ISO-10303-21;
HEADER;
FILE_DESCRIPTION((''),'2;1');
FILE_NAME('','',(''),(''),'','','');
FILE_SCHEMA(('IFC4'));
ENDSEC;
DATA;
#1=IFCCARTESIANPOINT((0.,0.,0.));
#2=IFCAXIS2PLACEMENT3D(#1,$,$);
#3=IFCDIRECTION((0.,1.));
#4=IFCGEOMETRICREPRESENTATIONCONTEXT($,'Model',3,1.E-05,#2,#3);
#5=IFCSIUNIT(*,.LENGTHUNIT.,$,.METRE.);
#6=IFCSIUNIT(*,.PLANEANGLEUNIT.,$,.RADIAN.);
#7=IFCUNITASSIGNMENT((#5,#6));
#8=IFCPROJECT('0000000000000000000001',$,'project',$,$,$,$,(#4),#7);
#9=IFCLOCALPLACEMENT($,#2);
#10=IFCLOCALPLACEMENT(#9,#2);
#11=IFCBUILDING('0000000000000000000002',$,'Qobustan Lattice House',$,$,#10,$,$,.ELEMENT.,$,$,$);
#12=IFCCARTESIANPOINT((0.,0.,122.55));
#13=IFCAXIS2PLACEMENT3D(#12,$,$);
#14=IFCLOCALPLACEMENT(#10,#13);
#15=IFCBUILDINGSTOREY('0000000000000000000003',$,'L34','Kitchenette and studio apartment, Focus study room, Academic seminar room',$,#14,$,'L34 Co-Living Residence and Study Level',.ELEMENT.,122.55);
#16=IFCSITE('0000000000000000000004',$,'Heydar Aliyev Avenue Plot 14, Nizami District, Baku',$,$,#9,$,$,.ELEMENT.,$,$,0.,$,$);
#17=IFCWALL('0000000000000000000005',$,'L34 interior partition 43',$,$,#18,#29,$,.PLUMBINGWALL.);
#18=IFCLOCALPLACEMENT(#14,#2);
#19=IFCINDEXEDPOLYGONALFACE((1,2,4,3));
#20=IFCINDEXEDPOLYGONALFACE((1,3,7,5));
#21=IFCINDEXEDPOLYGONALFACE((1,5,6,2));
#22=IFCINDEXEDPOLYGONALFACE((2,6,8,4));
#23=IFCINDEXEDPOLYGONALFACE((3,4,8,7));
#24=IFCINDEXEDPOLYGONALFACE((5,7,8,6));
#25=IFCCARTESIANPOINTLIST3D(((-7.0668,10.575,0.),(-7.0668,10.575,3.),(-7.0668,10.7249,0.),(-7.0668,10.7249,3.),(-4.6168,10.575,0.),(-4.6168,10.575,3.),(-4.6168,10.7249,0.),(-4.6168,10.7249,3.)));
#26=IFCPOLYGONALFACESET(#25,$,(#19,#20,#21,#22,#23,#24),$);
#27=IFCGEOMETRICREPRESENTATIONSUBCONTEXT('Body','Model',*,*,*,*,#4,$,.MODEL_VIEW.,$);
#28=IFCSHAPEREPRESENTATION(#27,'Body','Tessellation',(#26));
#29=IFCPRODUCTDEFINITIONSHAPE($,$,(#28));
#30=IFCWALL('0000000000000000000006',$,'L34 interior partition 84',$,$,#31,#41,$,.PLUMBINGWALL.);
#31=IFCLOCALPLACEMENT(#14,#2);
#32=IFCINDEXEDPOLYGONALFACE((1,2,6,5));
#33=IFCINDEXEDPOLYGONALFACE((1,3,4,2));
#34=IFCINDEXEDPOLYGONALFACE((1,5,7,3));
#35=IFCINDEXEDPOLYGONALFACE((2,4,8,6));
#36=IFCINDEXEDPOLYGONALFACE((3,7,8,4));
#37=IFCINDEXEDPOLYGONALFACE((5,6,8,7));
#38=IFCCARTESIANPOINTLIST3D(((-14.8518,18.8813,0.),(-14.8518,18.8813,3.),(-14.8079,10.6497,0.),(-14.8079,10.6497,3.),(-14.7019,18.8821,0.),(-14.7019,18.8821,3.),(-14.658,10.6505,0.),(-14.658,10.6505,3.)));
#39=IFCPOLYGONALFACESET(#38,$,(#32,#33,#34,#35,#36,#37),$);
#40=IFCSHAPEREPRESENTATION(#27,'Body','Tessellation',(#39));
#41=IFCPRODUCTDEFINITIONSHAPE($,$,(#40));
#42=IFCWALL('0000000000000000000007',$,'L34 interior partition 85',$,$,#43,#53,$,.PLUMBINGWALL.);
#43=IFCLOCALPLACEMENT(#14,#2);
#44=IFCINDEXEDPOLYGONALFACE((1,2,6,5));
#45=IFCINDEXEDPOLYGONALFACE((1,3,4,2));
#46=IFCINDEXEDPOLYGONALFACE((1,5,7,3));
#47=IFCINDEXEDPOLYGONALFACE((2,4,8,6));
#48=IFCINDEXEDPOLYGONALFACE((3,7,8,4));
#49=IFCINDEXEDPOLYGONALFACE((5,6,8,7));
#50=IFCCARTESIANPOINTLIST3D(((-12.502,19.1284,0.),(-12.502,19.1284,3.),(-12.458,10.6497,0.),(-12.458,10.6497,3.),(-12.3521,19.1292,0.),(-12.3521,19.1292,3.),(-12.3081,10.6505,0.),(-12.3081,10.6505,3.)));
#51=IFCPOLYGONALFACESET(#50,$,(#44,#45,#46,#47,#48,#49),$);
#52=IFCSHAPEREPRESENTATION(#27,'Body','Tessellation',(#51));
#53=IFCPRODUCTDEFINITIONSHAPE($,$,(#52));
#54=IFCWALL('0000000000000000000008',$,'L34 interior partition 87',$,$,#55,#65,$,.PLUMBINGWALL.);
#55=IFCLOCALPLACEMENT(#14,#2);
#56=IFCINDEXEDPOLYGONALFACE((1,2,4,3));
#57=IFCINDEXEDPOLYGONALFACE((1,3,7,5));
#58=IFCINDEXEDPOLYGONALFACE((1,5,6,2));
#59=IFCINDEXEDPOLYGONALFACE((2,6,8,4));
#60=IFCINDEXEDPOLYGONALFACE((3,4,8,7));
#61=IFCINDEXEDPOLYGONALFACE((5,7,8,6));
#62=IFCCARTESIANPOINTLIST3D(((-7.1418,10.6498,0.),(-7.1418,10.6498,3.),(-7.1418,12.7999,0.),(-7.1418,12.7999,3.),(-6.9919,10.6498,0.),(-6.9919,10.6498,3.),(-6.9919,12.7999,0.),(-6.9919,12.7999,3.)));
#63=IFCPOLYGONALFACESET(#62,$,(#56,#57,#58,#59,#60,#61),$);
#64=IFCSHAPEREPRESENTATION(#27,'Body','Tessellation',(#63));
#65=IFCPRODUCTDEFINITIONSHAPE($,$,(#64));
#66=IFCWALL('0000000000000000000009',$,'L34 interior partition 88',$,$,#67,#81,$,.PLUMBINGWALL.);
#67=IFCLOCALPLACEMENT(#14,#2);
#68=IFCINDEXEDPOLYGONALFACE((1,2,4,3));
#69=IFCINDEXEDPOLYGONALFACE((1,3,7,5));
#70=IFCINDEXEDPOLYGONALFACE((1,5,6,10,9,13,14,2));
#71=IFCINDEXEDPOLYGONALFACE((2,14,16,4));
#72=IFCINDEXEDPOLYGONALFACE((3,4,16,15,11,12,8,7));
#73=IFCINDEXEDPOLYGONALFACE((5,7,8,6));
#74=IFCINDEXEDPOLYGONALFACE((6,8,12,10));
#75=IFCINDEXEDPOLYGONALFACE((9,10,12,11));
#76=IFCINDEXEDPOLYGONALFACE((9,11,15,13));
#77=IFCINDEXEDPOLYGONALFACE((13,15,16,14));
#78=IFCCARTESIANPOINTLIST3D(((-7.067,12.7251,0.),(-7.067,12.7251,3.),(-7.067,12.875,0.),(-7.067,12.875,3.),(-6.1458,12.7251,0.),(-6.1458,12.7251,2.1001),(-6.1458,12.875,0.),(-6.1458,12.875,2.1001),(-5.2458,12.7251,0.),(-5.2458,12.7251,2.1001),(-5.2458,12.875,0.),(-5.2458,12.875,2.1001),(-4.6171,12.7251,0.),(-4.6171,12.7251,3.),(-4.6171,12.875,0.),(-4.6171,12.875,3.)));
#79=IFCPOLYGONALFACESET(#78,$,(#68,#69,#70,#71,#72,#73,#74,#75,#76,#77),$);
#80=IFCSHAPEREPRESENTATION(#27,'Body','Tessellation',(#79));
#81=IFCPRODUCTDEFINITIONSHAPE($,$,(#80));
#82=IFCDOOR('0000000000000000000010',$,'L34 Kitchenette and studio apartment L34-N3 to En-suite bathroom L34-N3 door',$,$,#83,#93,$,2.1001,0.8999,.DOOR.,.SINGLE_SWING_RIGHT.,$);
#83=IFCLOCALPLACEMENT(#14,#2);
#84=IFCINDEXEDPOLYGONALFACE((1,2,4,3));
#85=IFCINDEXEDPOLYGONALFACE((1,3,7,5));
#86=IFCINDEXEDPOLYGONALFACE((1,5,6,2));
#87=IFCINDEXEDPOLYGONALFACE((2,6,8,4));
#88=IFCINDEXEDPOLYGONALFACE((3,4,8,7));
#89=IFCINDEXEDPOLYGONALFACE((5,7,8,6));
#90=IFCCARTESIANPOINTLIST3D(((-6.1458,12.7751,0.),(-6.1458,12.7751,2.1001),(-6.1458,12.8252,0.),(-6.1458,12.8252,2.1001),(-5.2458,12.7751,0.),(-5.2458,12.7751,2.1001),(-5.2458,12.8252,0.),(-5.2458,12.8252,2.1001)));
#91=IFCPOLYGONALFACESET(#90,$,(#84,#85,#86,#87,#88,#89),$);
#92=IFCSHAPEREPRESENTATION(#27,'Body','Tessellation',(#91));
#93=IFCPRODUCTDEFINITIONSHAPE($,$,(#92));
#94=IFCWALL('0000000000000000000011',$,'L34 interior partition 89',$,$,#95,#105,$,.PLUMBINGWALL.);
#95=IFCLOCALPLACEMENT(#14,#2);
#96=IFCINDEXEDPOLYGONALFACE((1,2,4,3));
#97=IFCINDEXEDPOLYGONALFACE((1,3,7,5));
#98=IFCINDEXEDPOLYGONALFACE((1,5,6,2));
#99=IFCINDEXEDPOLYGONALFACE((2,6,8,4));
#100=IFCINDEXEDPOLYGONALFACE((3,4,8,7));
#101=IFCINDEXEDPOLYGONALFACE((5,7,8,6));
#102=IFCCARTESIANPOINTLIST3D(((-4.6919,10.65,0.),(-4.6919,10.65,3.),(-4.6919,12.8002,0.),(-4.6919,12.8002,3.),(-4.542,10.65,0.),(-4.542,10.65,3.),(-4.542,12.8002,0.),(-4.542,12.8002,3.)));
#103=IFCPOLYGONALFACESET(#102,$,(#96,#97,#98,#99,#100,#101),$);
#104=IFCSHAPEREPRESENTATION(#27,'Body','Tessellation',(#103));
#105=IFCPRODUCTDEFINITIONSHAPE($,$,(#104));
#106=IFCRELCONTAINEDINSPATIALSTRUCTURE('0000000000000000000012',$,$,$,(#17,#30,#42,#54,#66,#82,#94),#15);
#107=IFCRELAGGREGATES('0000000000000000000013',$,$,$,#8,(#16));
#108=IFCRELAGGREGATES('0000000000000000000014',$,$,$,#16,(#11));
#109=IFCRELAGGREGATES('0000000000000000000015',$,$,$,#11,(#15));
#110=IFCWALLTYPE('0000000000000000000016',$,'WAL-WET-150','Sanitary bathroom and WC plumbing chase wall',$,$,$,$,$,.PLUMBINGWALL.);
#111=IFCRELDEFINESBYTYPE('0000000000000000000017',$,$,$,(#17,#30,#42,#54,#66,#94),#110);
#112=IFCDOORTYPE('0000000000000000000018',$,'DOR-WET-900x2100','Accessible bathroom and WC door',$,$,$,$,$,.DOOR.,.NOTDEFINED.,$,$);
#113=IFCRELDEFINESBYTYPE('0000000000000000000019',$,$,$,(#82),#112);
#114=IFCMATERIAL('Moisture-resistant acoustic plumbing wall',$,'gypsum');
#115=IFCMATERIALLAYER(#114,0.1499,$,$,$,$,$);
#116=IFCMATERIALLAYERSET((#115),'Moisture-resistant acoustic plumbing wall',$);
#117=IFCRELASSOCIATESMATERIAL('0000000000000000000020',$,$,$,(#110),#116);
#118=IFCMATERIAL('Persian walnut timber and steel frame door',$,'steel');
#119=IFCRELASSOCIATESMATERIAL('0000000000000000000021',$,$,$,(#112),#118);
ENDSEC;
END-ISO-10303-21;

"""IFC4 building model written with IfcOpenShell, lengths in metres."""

from ifc_helpers import new_model, si_unit, direction, frame, frame_2d, origin, place, context, subcontext, project, spatial, rectangle, extrude, material, layer, layer_set, type_object, element, fill, save


model = new_model("IFC4")

# Units and contexts
model_context = context("Model", 3, precision=1e-05, world=origin(), true_north=direction((0.0, 1.0)))
body_context = subcontext(model_context, "Body", "Model", "MODEL_VIEW")
ifc_project = project(units=[si_unit("LENGTHUNIT", "METRE"), si_unit("PLANEANGLEUNIT", "RADIAN")], contexts=[model_context])

# Site, building, storey
site_placement = place(None, origin())
site = spatial("IfcSite", under=ifc_project, at=site_placement, Name="Heydar Aliyev Avenue Plot 14, Nizami District, Baku", CompositionType="ELEMENT", RefElevation=0.0)
building_placement = place(site_placement, origin())
building = spatial("IfcBuilding", under=site, at=building_placement, Name="Qobustan Lattice House", CompositionType="ELEMENT")
storey_placement = place(building_placement, frame((0.0, 0.0, 122.55)))
storey = spatial("IfcBuildingStorey", under=building, at=storey_placement, Name="L34", Description="Kitchenette and studio apartment, Focus study room, Academic seminar room", LongName="L34 Co-Living Residence and Study Level", CompositionType="ELEMENT", Elevation=122.55)

# Shared definitions
ifc_material_1 = material(Name="Moisture-resistant acoustic plumbing wall", Category="gypsum")
ifc_layer_1 = layer(ifc_material_1, 0.1499)
ifc_layer_set_1 = layer_set([ifc_layer_1], Name="Moisture-resistant acoustic plumbing wall")
wall_type_1 = type_object("IfcWallType", Name="WAL-WET-150", Description="Sanitary bathroom and WC plumbing chase wall", PredefinedType="PLUMBINGWALL", material=ifc_layer_set_1)
ifc_material_2 = material(Name="Persian walnut timber and steel frame door", Category="steel")
door_type_1 = type_object("IfcDoorType", Name="DOR-WET-900x2100", Description="Accessible bathroom and WC door", OperationType="NOTDEFINED", PredefinedType="DOOR", material=ifc_material_2)

# Walls
wall_1_placement = place(storey_placement, frame((-7.0669, 10.6499, 0.0), z_axis=(0.0, 0.0, 1.0), x_axis=(1.0, 0.0, 0.0)))
element("IfcWall", 1, at=wall_1_placement, inside=storey, type_object=wall_type_1, Name="L34 interior partition 43", PredefinedType="PLUMBINGWALL", context=body_context, shape_type="SweptSolid", body=[
    extrude(rectangle(XDim=2.45, YDim=0.1499, at=frame_2d((1.2251, 0.0))), origin(), (0.0, 0.0, 1.0), 3.0),
])
wall_2_placement = place(storey_placement, frame((-14.7769, 18.8816, 0.0), z_axis=(0.0, 0.0, 1.0), x_axis=(0.005338, -0.999986, 0.0)))
element("IfcWall", 2, at=wall_2_placement, inside=storey, type_object=wall_type_1, Name="L34 interior partition 84", PredefinedType="PLUMBINGWALL", context=body_context, shape_type="SweptSolid", body=[
    extrude(rectangle(XDim=8.2317, YDim=0.1499, at=frame_2d((4.1157, 0.0))), origin(), (0.0, 0.0, 1.0), 3.0),
])
wall_3_placement = place(storey_placement, frame((-12.427, 19.1287, 0.0), z_axis=(0.0, 0.0, 1.0), x_axis=(0.005183, -0.999987, 0.0)))
element("IfcWall", 3, at=wall_3_placement, inside=storey, type_object=wall_type_1, Name="L34 interior partition 85", PredefinedType="PLUMBINGWALL", context=body_context, shape_type="SweptSolid", body=[
    extrude(rectangle(XDim=8.4788, YDim=0.1499, at=frame_2d((4.2393, 0.0))), origin(), (0.0, 0.0, 1.0), 3.0),
])
wall_4_placement = place(storey_placement, frame((-7.0669, 12.8, 0.0), z_axis=(0.0, 0.0, 1.0), x_axis=(0.0, -1.0, 0.0)))
element("IfcWall", 4, at=wall_4_placement, inside=storey, type_object=wall_type_1, Name="L34 interior partition 87", PredefinedType="PLUMBINGWALL", context=body_context, shape_type="SweptSolid", body=[
    extrude(rectangle(XDim=2.1501, YDim=0.1499, at=frame_2d((1.0752, 0.0))), origin(), (0.0, 0.0, 1.0), 3.0),
])

# Wall, opening, door
wall_5_placement = place(storey_placement, frame((-4.6169, 12.8, 0.0), z_axis=(0.0, 0.0, 1.0), x_axis=(-1.0, 0.0, 0.0)))
wall_5 = element("IfcWall", 5, at=wall_5_placement, inside=storey, type_object=wall_type_1, Name="L34 interior partition 88", PredefinedType="PLUMBINGWALL", context=body_context, shape_type="SweptSolid", body=[
    extrude(rectangle(XDim=2.45, YDim=0.1499, at=frame_2d((1.2251, 0.0))), origin(), (0.0, 0.0, 1.0), 3.0),
])
opening_1_placement = place(wall_5_placement, frame((0.6289, 0.0, 0.0)))
opening_1 = element("IfcOpeningElement", 6, at=opening_1_placement, cuts=wall_5, PredefinedType="OPENING", context=body_context, shape_type="SweptSolid", body=[
    extrude(rectangle(XDim=0.8999, YDim=2.1001, at=frame_2d((0.45, 1.05))), frame((0.0, 0.085, 0.0), z_axis=(0.0, -1.0, 0.0), x_axis=(1.0, 0.0, 0.0)), (0.0, 0.0, 1.0), 0.1699),
])
door_1_placement = place(opening_1_placement, origin())
door_1 = element("IfcDoor", 7, at=door_1_placement, inside=storey, type_object=door_type_1, Name="L34 Kitchenette and studio apartment L34-N3 to En-suite bathroom L34-N3 door", OperationType="SINGLE_SWING_RIGHT", OverallHeight=2.1001, OverallWidth=0.8999, PredefinedType="DOOR", context=body_context, shape_type="SweptSolid", body=[
    extrude(rectangle(XDim=0.8999, YDim=2.1001, at=frame_2d((0.45, 1.05))), frame((0.0, 0.0249, 0.0), z_axis=(0.0, -1.0, 0.0), x_axis=(1.0, 0.0, 0.0)), (0.0, 0.0, 1.0), 0.05),
])
fill(opening_1, door_1)

# Wall
wall_6_placement = place(storey_placement, frame((-4.6169, 10.6499, 0.0), z_axis=(0.0, 0.0, 1.0), x_axis=(0.0, 1.0, 0.0)))
element("IfcWall", 8, at=wall_6_placement, inside=storey, type_object=wall_type_1, Name="L34 interior partition 89", PredefinedType="PLUMBINGWALL", context=body_context, shape_type="SweptSolid", body=[
    extrude(rectangle(XDim=2.1501, YDim=0.1499, at=frame_2d((1.0752, 0.0))), origin(), (0.0, 0.0, 1.0), 3.0),
])

save(model, "model.ifc")
